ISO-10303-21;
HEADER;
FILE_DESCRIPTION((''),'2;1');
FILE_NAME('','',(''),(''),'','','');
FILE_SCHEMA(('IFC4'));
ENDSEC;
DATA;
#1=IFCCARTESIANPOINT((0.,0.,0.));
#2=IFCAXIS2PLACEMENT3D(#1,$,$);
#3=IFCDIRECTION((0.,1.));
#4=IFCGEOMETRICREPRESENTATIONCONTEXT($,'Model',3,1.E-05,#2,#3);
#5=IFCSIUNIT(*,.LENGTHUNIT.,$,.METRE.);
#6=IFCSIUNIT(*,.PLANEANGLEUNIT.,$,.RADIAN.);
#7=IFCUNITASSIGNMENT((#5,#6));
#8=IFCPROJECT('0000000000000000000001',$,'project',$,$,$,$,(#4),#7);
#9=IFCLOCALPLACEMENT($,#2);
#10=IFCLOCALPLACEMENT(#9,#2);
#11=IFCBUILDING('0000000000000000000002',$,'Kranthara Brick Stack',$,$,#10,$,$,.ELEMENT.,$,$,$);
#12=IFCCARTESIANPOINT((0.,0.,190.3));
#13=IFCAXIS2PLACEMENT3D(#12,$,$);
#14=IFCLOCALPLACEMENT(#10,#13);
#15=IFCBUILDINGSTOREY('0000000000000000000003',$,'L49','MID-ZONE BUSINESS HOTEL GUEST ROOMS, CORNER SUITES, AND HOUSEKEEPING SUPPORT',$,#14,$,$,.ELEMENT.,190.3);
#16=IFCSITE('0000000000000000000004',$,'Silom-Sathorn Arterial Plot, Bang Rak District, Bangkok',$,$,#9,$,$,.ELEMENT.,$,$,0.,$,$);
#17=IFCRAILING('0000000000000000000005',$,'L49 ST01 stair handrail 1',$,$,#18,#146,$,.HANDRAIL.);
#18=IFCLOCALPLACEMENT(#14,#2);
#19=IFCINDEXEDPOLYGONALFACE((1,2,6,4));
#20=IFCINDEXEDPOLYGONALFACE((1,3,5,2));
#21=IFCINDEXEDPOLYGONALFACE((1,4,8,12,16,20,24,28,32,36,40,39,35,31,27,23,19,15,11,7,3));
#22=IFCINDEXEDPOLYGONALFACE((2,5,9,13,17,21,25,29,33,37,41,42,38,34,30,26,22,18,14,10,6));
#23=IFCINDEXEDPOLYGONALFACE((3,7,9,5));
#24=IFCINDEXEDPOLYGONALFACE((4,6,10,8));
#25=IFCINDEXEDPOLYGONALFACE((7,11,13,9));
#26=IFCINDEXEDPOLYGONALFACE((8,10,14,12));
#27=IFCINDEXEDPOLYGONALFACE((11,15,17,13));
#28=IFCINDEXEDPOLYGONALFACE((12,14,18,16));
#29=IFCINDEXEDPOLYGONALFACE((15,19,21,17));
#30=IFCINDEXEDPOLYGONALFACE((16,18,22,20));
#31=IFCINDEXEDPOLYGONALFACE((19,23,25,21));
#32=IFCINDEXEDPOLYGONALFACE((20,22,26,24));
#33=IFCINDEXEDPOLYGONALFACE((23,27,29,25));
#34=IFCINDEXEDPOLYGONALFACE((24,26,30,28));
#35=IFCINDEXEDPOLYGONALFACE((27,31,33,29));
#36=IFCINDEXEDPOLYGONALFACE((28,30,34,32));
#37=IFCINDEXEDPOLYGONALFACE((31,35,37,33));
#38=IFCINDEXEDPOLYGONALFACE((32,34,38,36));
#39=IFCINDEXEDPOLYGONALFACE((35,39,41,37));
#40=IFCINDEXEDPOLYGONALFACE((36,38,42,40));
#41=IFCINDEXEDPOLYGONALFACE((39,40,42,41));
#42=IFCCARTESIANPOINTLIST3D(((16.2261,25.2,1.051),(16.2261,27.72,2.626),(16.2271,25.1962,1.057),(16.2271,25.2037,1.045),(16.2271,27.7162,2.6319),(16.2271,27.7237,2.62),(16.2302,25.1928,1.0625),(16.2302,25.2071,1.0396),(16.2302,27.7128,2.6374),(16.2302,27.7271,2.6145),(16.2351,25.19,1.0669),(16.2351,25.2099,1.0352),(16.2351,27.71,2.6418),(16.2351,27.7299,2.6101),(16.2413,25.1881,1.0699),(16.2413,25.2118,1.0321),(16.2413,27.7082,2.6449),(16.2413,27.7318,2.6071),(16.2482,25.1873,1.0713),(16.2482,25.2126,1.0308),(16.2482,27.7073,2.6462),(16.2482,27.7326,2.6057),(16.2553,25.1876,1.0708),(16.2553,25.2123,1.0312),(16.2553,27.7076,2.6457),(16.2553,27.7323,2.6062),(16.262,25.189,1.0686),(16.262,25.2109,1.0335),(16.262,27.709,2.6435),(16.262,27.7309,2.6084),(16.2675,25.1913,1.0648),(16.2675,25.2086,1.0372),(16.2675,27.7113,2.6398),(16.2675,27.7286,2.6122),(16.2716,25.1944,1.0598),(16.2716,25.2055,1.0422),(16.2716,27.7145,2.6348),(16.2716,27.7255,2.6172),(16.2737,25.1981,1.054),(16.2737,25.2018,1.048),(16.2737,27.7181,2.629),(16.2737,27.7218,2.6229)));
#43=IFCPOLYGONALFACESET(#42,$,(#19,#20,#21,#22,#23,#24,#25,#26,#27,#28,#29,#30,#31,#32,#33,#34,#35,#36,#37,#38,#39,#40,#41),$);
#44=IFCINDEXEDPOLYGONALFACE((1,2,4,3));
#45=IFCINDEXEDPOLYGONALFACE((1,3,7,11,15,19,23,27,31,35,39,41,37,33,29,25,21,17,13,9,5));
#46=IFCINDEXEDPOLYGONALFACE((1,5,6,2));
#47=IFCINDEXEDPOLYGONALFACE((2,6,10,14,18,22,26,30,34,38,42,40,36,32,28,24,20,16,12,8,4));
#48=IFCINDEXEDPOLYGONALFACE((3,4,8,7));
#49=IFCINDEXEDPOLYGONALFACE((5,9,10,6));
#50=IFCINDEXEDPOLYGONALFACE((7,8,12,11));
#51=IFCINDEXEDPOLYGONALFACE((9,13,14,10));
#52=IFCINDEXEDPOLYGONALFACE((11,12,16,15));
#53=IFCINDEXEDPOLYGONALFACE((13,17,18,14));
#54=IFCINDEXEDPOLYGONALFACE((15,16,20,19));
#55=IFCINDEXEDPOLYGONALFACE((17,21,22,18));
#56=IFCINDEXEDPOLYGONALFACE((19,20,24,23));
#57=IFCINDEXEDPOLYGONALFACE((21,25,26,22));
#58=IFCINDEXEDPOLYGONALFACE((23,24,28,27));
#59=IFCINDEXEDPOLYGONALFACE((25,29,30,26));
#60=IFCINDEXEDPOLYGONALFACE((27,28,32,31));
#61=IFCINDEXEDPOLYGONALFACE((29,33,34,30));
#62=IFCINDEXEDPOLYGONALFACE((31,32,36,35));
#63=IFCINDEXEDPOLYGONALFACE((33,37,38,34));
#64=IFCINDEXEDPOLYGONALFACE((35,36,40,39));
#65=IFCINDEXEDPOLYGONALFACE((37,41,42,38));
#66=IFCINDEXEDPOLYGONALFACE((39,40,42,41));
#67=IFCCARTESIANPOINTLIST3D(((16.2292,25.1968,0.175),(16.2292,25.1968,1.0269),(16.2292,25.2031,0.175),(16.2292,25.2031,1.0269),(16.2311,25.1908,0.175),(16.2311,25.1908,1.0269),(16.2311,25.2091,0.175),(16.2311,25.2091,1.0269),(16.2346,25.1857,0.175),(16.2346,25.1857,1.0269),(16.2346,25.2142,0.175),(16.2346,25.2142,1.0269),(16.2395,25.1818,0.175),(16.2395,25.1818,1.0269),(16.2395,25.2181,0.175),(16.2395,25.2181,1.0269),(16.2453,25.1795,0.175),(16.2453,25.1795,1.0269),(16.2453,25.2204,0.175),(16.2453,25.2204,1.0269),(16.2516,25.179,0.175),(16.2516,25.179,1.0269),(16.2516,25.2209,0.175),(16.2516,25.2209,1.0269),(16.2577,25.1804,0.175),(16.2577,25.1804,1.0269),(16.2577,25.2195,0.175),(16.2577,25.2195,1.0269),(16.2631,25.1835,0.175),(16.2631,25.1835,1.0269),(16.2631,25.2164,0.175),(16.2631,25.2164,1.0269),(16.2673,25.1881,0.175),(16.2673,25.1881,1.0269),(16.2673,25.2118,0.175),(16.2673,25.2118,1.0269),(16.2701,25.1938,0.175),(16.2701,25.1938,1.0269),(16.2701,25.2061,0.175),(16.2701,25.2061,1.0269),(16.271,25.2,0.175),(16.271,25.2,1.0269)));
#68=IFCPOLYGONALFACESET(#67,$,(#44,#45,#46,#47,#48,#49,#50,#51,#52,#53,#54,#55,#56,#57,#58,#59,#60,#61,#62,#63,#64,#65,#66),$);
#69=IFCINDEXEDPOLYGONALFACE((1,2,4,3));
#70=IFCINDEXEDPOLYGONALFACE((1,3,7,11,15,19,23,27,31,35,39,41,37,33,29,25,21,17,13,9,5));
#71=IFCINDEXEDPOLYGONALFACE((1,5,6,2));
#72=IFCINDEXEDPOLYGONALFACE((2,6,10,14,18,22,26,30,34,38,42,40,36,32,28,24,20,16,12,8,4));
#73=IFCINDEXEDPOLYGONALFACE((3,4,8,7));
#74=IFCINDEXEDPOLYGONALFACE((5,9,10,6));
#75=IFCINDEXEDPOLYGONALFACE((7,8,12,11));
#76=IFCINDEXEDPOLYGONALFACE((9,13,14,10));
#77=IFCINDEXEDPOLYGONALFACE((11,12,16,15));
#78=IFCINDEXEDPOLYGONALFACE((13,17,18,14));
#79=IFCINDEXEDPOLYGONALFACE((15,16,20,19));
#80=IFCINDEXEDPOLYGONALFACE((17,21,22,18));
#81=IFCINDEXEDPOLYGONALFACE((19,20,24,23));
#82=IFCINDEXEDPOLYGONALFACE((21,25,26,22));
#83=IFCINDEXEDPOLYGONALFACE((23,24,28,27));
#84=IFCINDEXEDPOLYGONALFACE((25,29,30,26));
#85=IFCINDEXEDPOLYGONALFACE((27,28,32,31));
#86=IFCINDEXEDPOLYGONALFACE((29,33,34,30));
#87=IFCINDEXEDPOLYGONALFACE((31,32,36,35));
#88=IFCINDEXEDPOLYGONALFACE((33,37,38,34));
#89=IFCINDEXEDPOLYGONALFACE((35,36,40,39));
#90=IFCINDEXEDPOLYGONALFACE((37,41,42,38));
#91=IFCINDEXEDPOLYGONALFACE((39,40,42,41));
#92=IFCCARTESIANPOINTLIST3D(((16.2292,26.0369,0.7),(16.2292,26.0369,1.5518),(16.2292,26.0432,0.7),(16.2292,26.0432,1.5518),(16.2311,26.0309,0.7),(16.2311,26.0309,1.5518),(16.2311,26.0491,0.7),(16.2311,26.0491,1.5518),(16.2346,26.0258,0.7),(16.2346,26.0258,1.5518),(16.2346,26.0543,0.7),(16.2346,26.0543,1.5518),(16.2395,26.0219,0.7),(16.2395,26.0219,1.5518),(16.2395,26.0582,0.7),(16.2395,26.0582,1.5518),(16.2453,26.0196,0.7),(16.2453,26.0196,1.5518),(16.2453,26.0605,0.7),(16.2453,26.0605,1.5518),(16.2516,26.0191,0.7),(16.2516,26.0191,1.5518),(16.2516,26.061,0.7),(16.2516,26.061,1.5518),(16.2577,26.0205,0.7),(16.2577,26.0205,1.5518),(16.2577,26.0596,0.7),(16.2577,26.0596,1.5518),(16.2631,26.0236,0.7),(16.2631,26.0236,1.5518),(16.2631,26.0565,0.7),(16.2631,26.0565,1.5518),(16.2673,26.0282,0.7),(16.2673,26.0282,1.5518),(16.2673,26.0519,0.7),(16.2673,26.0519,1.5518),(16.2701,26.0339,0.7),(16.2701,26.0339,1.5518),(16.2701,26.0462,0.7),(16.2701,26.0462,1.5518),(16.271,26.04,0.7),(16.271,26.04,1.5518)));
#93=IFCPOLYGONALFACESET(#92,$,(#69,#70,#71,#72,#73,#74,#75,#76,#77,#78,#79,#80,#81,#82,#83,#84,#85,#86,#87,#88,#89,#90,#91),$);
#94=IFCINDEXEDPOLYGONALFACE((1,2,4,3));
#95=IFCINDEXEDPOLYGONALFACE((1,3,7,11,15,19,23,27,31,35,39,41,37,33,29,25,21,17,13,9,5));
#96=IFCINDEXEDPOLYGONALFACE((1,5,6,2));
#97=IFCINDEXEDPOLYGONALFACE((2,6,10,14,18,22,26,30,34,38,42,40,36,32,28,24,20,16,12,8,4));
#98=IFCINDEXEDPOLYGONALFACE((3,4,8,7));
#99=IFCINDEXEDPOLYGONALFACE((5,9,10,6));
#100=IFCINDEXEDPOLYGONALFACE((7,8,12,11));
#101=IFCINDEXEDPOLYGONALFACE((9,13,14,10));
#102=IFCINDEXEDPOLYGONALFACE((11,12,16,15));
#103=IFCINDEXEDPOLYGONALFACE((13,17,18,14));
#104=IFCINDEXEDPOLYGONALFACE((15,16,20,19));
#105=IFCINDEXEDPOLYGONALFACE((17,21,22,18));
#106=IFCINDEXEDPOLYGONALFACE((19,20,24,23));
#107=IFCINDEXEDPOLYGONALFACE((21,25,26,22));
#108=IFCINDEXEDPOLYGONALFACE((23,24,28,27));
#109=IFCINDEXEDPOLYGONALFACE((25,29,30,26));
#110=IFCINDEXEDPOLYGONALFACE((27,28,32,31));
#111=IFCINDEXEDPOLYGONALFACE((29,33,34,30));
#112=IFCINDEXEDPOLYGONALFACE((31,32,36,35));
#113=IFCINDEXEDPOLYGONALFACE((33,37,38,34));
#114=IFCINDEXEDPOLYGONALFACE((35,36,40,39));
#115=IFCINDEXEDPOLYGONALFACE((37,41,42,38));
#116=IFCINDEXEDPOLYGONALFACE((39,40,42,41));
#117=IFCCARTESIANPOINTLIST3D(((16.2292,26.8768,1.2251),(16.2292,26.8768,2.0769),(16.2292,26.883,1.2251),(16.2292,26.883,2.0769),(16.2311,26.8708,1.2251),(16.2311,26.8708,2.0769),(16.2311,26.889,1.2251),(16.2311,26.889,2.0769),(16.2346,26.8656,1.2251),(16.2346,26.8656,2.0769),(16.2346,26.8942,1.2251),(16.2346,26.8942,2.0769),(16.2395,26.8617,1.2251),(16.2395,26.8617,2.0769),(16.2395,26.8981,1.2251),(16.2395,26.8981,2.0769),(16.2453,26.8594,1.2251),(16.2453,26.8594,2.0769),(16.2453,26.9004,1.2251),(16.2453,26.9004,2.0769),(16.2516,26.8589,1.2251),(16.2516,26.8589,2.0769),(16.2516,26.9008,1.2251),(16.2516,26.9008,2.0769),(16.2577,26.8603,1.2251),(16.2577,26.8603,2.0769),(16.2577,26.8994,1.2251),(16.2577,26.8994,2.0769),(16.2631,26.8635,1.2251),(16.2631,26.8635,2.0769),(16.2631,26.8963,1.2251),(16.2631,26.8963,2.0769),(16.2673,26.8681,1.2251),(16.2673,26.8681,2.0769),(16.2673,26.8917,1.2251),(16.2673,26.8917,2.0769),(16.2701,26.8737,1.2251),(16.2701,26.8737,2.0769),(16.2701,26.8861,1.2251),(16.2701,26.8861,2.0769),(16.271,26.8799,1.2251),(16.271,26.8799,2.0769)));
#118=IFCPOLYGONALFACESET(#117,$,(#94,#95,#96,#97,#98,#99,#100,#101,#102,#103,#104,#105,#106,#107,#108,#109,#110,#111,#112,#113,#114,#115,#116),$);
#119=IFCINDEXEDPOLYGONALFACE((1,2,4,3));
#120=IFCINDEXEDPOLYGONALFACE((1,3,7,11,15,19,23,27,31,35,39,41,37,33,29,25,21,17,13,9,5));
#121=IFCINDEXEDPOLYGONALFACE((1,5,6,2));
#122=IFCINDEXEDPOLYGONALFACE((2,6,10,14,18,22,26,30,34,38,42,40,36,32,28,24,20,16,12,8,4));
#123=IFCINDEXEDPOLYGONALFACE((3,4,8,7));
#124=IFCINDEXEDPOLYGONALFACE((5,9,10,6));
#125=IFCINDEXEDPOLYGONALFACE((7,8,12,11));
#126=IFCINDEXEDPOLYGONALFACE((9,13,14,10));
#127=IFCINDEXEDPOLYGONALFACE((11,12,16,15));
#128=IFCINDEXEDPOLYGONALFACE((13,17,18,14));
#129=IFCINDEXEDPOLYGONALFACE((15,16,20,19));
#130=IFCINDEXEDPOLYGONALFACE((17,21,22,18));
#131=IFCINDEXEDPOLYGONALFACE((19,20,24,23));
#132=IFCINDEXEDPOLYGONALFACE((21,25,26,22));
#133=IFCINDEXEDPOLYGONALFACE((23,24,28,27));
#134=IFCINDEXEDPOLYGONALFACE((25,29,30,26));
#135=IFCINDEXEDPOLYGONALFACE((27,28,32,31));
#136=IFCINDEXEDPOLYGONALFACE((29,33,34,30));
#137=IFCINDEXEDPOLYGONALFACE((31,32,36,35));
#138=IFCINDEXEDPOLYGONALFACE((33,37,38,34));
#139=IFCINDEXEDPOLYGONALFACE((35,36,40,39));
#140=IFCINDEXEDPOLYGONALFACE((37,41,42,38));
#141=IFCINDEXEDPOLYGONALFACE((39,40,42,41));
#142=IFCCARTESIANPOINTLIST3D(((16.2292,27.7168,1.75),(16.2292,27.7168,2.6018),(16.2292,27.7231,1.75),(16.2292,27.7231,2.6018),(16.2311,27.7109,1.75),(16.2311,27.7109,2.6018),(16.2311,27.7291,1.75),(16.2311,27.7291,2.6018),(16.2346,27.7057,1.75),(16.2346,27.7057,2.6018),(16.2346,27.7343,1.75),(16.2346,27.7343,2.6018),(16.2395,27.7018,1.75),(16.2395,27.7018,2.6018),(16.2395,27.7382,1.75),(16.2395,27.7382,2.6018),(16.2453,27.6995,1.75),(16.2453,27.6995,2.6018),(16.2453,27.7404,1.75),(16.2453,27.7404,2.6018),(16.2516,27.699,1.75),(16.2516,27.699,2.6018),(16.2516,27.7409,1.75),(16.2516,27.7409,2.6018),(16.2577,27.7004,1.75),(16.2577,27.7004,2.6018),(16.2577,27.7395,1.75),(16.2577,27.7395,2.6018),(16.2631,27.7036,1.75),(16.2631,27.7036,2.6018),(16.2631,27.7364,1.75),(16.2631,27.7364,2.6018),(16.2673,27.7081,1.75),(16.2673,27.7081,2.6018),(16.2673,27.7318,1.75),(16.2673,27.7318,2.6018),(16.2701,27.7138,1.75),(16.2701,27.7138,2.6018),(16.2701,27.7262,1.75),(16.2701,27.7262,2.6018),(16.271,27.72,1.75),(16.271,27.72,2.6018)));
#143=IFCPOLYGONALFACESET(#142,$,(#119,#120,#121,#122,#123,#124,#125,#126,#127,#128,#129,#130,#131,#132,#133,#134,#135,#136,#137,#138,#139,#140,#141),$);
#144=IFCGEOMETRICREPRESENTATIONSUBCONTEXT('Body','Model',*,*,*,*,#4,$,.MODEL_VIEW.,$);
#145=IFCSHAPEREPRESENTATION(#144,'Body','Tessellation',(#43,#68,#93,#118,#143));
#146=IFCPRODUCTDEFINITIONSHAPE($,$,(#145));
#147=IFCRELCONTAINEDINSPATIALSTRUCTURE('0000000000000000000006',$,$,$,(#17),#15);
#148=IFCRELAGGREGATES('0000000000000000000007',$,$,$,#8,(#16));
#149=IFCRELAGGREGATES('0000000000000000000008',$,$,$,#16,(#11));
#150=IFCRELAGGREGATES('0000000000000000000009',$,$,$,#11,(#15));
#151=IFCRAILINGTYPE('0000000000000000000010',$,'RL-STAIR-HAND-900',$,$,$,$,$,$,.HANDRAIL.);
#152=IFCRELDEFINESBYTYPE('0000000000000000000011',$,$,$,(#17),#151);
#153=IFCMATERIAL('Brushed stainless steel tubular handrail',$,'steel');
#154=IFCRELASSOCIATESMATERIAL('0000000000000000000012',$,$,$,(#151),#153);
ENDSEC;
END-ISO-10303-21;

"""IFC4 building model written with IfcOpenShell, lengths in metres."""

from ifc_helpers import new_model, si_unit, direction, frame, origin, origin_2d, place, context, subcontext, project, spatial, circle, extrude, material, type_object, element, save


model = new_model("IFC4")

# Units and contexts
model_context = context("Model", 3, precision=1e-05, world=origin(), true_north=direction((0.0, 1.0)))
body_context = subcontext(model_context, "Body", "Model", "MODEL_VIEW")
ifc_project = project(units=[si_unit("LENGTHUNIT", "METRE"), si_unit("PLANEANGLEUNIT", "RADIAN")], contexts=[model_context])

# Site, building, storey
site_placement = place(None, origin())
site = spatial("IfcSite", under=ifc_project, at=site_placement, Name="Silom-Sathorn Arterial Plot, Bang Rak District, Bangkok", CompositionType="ELEMENT", RefElevation=0.0)
building_placement = place(site_placement, origin())
building = spatial("IfcBuilding", under=site, at=building_placement, Name="Kranthara Brick Stack", CompositionType="ELEMENT")
storey_placement = place(building_placement, frame((0.0, 0.0, 190.3)))
storey = spatial("IfcBuildingStorey", under=building, at=storey_placement, Name="L49", Description="MID-ZONE BUSINESS HOTEL GUEST ROOMS, CORNER SUITES, AND HOUSEKEEPING SUPPORT", CompositionType="ELEMENT", Elevation=190.3)

# Railing
ifc_material_1 = material(Name="Brushed stainless steel tubular handrail", Category="steel")
railing_type_1 = type_object("IfcRailingType", Name="RL-STAIR-HAND-900", PredefinedType="HANDRAIL", material=ifc_material_1)
railing_1_placement = place(storey_placement, frame((16.25, 25.2, 0.175)))
element("IfcRailing", 1, at=railing_1_placement, inside=storey, type_object=railing_type_1, Name="L49 ST01 stair handrail 1", PredefinedType="HANDRAIL", context=body_context, shape_type="SweptSolid", body=[
    extrude(circle(Radius=0.0239, at=origin_2d()), frame((0.0, 0.0, 0.876), z_axis=(0.0, 0.848008, 0.529984), x_axis=(-1.0, 0.0, 0.0)), (0.0, 0.0, 1.0), 2.9717),
    extrude(circle(Radius=0.021, at=origin_2d()), origin(), (0.0, 0.0, 1.0), 0.8518),
    extrude(circle(Radius=0.021, at=origin_2d()), frame((0.0, 0.8401, 0.5249)), (0.0, 0.0, 1.0), 0.8518),
    extrude(circle(Radius=0.021, at=origin_2d()), frame((0.0, 1.6799, 1.05)), (0.0, 0.0, 1.0), 0.8518),
    extrude(circle(Radius=0.021, at=origin_2d()), frame((0.0, 2.52, 1.575)), (0.0, 0.0, 1.0), 0.8518),
])

save(model, "model.ifc")
